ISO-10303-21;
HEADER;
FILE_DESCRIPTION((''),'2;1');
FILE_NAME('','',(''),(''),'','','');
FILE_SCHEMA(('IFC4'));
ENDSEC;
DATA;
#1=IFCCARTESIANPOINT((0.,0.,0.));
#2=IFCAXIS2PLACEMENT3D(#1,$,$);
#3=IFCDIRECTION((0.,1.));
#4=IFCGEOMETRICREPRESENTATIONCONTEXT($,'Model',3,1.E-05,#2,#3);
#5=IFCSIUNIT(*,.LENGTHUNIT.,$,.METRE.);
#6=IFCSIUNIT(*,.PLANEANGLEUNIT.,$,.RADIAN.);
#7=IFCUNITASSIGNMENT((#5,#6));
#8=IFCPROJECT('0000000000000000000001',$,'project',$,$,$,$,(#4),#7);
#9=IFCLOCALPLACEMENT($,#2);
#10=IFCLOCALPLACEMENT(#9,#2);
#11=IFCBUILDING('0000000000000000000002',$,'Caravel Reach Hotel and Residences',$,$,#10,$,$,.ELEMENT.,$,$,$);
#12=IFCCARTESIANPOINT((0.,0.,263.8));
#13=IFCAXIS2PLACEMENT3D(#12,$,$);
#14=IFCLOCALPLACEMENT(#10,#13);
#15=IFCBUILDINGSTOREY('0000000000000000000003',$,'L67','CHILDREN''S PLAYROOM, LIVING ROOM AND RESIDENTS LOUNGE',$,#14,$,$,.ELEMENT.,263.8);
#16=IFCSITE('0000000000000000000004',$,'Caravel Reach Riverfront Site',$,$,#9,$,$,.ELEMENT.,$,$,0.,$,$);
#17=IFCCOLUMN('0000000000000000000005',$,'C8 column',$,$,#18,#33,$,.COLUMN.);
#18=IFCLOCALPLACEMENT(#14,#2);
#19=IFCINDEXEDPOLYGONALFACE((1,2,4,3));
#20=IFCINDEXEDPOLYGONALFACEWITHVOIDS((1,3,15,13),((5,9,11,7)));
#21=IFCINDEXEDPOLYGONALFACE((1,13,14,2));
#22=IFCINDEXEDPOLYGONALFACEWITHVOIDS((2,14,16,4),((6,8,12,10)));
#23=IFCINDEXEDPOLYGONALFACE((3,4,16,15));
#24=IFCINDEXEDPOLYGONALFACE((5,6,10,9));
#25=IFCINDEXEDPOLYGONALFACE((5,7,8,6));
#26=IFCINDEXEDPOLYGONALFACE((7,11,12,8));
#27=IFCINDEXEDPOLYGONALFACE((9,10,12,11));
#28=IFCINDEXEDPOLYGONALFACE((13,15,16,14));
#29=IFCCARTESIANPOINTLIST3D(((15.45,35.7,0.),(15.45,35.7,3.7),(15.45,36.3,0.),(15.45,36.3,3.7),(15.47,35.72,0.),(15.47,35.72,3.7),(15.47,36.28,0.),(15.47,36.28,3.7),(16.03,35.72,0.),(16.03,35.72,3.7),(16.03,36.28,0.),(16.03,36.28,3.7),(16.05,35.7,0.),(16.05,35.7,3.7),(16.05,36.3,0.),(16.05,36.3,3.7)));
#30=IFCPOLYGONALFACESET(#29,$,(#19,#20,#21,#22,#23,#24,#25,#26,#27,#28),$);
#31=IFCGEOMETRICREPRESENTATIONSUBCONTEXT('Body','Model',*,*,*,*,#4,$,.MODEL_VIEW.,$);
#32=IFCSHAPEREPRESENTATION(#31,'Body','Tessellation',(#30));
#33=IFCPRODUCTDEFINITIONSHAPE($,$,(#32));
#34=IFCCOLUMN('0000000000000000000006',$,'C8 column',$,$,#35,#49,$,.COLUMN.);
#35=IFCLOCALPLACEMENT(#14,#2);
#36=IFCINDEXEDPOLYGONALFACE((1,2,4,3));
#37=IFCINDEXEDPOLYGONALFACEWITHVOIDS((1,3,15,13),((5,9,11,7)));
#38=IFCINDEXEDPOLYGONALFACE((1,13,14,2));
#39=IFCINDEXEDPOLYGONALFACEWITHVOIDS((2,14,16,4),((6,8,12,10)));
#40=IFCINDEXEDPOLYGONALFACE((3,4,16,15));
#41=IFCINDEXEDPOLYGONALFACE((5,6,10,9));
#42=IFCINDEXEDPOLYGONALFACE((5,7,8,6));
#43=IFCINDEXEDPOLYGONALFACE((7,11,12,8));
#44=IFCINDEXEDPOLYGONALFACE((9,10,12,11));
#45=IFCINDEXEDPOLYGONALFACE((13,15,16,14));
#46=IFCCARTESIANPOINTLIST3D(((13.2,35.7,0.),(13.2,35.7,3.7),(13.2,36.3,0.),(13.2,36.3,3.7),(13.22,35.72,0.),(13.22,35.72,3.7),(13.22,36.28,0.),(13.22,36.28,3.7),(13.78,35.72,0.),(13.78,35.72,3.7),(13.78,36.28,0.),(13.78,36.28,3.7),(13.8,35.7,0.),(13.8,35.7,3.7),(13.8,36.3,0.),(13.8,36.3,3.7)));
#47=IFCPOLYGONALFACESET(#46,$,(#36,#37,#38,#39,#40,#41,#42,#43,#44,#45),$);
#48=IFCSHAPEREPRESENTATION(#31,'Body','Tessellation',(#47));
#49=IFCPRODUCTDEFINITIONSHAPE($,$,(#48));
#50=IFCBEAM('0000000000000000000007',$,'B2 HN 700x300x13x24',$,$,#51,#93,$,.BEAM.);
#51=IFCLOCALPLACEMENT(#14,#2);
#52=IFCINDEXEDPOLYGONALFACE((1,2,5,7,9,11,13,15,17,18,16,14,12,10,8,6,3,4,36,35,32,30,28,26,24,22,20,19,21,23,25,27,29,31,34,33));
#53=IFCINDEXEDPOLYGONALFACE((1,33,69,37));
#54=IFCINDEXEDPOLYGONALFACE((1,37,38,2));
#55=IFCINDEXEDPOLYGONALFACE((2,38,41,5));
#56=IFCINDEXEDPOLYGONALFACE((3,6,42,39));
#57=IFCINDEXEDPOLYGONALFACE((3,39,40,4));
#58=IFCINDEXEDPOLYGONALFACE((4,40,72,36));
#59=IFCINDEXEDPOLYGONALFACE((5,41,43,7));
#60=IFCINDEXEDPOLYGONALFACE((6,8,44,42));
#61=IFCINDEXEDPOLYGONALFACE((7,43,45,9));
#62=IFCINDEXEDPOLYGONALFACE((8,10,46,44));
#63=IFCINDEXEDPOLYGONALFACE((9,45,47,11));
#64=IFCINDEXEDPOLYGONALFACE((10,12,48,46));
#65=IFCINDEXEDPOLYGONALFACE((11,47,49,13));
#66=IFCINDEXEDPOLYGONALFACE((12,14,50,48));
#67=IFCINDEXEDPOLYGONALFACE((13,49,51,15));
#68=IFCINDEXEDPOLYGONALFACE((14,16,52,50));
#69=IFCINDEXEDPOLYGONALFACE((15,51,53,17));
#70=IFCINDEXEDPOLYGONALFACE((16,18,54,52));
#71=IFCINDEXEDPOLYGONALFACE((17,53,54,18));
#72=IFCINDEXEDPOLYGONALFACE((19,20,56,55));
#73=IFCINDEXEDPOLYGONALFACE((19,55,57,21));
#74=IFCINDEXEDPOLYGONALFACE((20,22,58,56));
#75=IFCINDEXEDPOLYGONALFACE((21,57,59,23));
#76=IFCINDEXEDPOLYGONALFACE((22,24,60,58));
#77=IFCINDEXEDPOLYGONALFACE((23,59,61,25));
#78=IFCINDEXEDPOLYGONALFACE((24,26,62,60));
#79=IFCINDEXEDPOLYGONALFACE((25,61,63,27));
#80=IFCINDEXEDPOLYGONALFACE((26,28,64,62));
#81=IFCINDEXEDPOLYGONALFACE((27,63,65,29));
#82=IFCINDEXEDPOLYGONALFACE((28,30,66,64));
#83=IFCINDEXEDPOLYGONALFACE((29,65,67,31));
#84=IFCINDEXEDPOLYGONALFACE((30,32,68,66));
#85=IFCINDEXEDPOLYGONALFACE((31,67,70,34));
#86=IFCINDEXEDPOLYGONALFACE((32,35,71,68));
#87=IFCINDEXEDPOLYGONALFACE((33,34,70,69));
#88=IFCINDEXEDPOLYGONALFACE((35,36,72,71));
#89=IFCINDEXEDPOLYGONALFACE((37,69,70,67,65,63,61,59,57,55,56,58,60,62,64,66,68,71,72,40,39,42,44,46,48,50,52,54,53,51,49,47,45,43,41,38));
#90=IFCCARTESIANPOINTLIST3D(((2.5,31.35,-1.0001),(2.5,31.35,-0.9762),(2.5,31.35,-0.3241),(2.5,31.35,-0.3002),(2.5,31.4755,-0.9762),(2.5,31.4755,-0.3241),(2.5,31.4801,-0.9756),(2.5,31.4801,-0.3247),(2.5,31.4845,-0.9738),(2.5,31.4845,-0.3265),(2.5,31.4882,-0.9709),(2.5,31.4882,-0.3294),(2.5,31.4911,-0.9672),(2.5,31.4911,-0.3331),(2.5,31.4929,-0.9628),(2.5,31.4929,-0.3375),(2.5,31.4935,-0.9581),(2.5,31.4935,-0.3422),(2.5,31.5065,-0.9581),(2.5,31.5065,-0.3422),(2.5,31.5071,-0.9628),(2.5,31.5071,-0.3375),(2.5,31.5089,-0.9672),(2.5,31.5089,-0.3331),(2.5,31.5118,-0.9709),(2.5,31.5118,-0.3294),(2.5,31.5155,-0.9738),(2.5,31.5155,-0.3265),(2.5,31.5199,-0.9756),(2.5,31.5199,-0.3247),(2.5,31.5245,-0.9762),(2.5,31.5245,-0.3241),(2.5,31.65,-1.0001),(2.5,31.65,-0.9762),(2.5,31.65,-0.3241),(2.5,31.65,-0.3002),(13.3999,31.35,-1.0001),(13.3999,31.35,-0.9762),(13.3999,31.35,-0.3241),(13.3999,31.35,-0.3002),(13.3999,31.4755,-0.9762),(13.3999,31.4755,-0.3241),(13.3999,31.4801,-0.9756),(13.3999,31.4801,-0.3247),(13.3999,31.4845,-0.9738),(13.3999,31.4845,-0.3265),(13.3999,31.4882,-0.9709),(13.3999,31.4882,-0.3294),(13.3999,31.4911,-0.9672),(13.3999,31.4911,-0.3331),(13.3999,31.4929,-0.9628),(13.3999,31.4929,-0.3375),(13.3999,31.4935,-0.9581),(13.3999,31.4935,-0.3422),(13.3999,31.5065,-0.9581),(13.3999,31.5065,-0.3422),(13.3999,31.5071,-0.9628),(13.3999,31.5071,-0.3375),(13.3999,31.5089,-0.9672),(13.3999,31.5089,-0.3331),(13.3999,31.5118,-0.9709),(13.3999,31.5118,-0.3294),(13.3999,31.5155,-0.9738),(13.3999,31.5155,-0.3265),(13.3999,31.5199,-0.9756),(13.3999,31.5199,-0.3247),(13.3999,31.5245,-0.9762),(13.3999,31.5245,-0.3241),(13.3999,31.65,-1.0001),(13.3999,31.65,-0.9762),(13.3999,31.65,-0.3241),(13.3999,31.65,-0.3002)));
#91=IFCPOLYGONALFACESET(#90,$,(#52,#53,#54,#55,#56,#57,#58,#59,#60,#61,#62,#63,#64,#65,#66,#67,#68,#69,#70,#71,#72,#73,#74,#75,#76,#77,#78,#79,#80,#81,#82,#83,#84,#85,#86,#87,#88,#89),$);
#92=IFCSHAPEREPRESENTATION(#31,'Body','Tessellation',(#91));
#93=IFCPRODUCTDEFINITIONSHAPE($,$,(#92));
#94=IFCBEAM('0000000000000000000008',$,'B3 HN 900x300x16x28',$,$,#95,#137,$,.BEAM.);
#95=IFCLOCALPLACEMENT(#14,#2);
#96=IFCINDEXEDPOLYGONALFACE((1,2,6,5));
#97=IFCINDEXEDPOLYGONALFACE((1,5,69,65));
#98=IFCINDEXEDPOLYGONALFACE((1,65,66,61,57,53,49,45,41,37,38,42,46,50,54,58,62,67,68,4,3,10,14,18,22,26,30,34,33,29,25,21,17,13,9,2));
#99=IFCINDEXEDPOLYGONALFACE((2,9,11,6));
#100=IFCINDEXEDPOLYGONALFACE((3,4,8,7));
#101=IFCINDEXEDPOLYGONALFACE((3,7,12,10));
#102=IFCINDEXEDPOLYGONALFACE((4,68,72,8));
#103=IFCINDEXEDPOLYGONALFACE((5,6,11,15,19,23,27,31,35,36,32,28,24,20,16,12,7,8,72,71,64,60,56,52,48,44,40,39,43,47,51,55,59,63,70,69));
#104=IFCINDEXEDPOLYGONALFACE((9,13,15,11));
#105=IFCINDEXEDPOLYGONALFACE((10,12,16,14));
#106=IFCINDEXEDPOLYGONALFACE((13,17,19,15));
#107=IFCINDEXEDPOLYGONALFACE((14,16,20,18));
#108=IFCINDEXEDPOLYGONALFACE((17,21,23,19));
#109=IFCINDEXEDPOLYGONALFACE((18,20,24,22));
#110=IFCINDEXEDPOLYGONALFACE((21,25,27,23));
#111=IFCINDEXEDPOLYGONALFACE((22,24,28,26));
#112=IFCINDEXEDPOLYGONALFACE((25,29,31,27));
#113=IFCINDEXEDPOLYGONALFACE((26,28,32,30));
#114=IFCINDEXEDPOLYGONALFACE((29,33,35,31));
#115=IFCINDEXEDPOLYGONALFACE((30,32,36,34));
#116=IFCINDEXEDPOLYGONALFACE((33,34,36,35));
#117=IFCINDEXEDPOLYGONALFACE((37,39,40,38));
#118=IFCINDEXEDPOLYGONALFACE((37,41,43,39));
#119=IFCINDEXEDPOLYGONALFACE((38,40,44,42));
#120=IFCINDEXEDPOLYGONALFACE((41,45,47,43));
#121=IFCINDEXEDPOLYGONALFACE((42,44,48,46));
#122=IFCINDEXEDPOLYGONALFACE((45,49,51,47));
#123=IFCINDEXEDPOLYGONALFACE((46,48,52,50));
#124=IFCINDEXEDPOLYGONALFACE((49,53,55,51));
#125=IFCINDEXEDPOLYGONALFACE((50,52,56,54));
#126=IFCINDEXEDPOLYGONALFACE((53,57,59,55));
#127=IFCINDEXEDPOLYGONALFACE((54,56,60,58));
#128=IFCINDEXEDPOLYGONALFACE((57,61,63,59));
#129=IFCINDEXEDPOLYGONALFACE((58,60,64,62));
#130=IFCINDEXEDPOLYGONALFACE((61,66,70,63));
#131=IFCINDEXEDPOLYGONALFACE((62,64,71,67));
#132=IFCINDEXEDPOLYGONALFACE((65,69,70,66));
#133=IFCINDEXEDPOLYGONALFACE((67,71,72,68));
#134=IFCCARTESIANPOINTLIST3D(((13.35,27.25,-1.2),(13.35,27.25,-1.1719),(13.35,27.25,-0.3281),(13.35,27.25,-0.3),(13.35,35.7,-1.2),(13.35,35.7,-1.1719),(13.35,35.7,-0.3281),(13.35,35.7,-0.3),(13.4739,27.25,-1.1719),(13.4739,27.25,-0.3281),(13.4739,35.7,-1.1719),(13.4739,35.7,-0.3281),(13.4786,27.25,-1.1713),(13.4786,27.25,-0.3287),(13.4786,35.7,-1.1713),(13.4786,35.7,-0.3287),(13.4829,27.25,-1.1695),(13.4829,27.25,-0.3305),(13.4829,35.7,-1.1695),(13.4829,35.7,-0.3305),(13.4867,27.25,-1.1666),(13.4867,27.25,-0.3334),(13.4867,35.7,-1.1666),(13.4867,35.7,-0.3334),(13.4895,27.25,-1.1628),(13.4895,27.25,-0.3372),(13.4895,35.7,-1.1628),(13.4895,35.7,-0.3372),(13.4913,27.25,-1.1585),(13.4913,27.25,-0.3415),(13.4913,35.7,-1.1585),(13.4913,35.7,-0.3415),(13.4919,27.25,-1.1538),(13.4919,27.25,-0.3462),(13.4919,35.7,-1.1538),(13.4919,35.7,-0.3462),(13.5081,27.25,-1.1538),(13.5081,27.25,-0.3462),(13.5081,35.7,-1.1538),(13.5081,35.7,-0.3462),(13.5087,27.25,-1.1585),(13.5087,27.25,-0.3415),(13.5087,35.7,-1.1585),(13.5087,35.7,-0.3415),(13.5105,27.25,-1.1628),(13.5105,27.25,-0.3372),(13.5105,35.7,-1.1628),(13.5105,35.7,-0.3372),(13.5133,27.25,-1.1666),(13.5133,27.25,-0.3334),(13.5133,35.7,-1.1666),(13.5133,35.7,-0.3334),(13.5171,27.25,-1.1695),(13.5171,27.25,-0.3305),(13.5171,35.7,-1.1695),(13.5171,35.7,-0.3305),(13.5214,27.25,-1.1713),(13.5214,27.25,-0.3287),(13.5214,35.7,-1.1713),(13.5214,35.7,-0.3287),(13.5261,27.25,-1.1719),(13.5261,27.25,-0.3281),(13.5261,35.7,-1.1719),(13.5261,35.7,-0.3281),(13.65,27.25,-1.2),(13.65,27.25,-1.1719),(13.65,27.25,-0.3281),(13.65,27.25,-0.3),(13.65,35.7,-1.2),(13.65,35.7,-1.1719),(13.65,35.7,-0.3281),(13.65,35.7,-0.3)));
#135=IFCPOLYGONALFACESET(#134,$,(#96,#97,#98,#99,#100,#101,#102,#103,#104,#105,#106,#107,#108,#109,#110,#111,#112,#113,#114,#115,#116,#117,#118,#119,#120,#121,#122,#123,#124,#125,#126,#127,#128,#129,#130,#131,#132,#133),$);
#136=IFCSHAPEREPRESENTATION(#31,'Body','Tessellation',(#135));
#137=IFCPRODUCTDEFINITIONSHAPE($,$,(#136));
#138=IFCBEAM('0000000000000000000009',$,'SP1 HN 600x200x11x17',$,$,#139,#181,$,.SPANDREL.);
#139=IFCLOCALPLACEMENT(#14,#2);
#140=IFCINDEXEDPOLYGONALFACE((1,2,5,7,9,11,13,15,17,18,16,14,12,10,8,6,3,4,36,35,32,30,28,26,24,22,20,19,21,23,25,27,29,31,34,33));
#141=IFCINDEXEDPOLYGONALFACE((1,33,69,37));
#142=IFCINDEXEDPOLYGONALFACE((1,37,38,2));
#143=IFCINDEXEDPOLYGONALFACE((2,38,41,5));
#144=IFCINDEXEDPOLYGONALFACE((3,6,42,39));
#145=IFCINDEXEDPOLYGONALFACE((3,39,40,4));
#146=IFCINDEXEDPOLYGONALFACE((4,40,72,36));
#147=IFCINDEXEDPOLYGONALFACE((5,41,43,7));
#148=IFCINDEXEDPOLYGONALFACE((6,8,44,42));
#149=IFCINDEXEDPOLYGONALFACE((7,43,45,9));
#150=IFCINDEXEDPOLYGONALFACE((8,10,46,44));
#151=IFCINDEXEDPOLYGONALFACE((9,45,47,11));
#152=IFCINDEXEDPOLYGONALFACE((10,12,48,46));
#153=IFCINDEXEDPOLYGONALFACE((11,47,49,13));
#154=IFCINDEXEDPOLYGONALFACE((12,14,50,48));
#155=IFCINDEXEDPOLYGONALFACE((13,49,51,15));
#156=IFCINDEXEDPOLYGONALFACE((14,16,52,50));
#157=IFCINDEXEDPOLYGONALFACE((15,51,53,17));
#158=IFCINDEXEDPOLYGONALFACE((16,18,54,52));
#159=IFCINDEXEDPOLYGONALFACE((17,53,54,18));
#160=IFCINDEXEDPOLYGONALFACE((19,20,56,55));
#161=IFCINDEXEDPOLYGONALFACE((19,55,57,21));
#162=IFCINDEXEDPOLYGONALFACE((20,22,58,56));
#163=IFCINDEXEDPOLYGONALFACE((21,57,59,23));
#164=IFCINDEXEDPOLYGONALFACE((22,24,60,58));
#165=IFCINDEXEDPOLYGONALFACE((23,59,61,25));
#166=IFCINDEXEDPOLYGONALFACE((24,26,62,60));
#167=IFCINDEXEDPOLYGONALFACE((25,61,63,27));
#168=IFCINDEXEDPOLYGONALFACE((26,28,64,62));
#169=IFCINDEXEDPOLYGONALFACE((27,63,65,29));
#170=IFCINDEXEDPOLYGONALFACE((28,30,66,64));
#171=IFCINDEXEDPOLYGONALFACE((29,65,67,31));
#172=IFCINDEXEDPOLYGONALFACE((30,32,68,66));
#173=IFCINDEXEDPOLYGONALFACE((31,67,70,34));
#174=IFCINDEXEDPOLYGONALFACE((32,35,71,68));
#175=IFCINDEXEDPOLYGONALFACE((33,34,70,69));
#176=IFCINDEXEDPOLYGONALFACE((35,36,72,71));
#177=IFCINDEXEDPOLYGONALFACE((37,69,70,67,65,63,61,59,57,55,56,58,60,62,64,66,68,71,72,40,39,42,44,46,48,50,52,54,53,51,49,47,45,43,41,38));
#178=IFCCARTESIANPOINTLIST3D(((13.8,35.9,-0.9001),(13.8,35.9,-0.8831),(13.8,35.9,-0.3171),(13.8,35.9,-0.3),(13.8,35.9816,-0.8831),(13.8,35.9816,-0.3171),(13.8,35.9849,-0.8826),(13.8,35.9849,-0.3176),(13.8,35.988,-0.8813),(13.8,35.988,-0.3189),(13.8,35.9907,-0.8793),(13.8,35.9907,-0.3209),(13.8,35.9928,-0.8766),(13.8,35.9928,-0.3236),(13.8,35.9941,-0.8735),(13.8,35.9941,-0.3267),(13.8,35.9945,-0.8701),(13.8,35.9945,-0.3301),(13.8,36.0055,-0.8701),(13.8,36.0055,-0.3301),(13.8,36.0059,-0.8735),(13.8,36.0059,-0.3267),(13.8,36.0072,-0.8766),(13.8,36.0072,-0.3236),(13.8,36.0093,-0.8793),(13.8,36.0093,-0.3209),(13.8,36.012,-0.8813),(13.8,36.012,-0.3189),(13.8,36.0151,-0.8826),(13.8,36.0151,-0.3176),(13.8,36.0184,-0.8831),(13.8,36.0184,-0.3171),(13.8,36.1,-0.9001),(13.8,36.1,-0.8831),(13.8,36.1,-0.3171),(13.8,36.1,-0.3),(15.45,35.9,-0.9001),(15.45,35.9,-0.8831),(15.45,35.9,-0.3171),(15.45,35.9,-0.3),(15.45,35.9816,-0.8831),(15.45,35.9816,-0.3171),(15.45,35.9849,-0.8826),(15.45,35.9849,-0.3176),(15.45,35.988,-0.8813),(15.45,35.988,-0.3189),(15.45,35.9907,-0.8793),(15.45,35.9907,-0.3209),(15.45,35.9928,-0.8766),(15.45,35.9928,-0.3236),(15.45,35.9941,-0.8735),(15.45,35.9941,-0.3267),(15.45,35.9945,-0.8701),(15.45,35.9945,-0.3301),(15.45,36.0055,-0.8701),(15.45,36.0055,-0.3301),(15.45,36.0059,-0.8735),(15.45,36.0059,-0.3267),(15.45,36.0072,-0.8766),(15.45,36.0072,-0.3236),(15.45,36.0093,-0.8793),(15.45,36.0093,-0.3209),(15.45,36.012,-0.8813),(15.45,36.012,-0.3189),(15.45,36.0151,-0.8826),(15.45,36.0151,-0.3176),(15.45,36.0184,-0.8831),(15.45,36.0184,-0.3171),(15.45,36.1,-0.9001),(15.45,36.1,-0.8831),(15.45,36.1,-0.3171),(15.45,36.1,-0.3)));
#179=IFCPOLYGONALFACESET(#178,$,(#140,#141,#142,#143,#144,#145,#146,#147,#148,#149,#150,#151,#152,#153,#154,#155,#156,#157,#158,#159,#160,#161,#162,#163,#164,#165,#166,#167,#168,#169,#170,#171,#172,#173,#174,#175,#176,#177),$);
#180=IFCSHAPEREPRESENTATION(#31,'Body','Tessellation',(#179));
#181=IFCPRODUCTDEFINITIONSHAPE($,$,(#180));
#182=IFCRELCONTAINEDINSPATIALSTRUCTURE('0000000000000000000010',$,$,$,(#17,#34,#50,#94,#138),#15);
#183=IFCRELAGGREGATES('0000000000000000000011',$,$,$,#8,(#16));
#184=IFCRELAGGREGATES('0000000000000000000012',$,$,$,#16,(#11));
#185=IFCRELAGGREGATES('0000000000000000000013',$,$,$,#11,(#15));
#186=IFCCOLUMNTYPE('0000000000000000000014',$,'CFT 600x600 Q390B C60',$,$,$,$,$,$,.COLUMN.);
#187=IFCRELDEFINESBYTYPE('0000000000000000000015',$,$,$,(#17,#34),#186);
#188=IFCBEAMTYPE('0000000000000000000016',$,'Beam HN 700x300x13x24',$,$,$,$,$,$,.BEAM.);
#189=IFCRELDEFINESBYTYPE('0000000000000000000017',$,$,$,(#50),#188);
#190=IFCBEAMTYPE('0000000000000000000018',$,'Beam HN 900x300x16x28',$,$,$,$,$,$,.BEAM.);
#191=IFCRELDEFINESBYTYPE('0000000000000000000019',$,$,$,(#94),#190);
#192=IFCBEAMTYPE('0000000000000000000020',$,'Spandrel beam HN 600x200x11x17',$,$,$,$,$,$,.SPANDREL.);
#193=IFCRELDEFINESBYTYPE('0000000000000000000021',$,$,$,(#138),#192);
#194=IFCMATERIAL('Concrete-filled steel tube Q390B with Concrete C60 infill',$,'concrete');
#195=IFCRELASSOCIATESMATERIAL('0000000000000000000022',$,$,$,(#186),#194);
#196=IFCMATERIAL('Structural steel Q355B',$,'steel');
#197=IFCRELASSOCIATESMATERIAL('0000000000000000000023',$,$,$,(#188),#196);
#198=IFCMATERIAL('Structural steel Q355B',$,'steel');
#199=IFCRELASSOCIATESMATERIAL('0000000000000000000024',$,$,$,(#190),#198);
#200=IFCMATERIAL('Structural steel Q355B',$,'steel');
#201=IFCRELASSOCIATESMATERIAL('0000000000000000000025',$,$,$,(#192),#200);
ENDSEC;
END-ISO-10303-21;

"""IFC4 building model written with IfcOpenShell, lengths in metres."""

from ifc_helpers import new_model, si_unit, direction, frame, origin, origin_2d, place, context, subcontext, project, spatial, hollow_rectangle, i_section, extrude, material, material_profile, profile_set, type_object, element, save


model = new_model("IFC4")

# Units and contexts
model_context = context("Model", 3, precision=1e-05, world=origin(), true_north=direction((0.0, 1.0)))
body_context = subcontext(model_context, "Body", "Model", "MODEL_VIEW")
ifc_project = project(units=[si_unit("LENGTHUNIT", "METRE"), si_unit("PLANEANGLEUNIT", "RADIAN")], contexts=[model_context])

# Site, building, storey
site_placement = place(None, origin())
site = spatial("IfcSite", under=ifc_project, at=site_placement, Name="Caravel Reach Riverfront Site", CompositionType="ELEMENT", RefElevation=0.0)
building_placement = place(site_placement, origin())
building = spatial("IfcBuilding", under=site, at=building_placement, Name="Caravel Reach Hotel and Residences", CompositionType="ELEMENT")
storey_placement = place(building_placement, frame((0.0, 0.0, 263.8)))
storey = spatial("IfcBuildingStorey", under=building, at=storey_placement, Name="L67", Description="CHILDREN'S PLAYROOM, LIVING ROOM AND RESIDENTS LOUNGE", CompositionType="ELEMENT", Elevation=263.8)

# Columns
ifc_material_1 = material(Name="Concrete-filled steel tube Q390B with Concrete C60 infill", Category="concrete")
ifc_material_profile_1 = material_profile(ifc_material_1, hollow_rectangle(XDim=0.6001, YDim=0.6001, WallThickness=0.02, at=origin_2d()), Name="RHS 600x600x20")
ifc_profile_set_1 = profile_set([ifc_material_profile_1], Name="Concrete-filled steel tube Q390B with Concrete C60 infill")
column_type = type_object("IfcColumnType", Name="CFT 600x600 Q390B C60", PredefinedType="COLUMN", material=ifc_profile_set_1)
for number, where, z_axis, x_axis, name in (
    (1, (15.75, 36.0, 0.0), (0.0, 0.0, 1.0), (1.0, 0.0, 0.0), "C8 column"),
    (2, (13.5, 36.0, 0.0), (0.0, 0.0, 1.0), (1.0, 0.0, 0.0), "C8 column"),
):
    element("IfcColumn", number, at=place(storey_placement, frame(where, z_axis=z_axis, x_axis=x_axis)), inside=storey, type_object=column_type, Name=name, PredefinedType="COLUMN", context=body_context, shape_type="SweptSolid", body=[
        extrude(hollow_rectangle(XDim=0.6001, YDim=0.6001, WallThickness=0.02, at=origin_2d()), origin(), (0.0, 0.0, 1.0), 3.7),
    ])

# Beams
ifc_material_2 = material(Name="Structural steel Q355B", Category="steel")
ifc_material_profile_2 = material_profile(ifc_material_2, i_section(OverallWidth=0.3, OverallDepth=0.7, WebThickness=0.0129, FlangeThickness=0.0239, FilletRadius=0.0181, at=origin_2d()), Name="HN 700x300x13x24")
ifc_profile_set_2 = profile_set([ifc_material_profile_2], Name="Structural steel Q355B")
beam_type_1 = type_object("IfcBeamType", Name="Beam HN 700x300x13x24", PredefinedType="BEAM", material=ifc_profile_set_2)
beam_1_placement = place(storey_placement, frame((13.3999, 31.5, -0.6501), z_axis=(-1.0, 0.0, 0.0), x_axis=(0.0, -1.0, 0.0)))
element("IfcBeam", 3, at=beam_1_placement, inside=storey, type_object=beam_type_1, Name="B2 HN 700x300x13x24", PredefinedType="BEAM", context=body_context, shape_type="SweptSolid", body=[
    extrude(i_section(OverallWidth=0.3, OverallDepth=0.7, WebThickness=0.0129, FlangeThickness=0.0239, FilletRadius=0.0181, at=origin_2d()), origin(), (0.0, 0.0, 1.0), 10.8999),
])
ifc_material_3 = material(Name="Structural steel Q355B", Category="steel")
ifc_material_profile_3 = material_profile(ifc_material_3, i_section(OverallWidth=0.3, OverallDepth=0.8999, WebThickness=0.0161, FlangeThickness=0.0281, FilletRadius=0.0181, at=origin_2d()), Name="HN 900x300x16x28")
ifc_profile_set_3 = profile_set([ifc_material_profile_3], Name="Structural steel Q355B")
beam_type_2 = type_object("IfcBeamType", Name="Beam HN 900x300x16x28", PredefinedType="BEAM", material=ifc_profile_set_3)
beam_2_placement = place(storey_placement, frame((13.5, 27.25, -0.75), z_axis=(0.0, 1.0, 0.0), x_axis=(-1.0, 0.0, 0.0)))
element("IfcBeam", 4, at=beam_2_placement, inside=storey, type_object=beam_type_2, Name="B3 HN 900x300x16x28", PredefinedType="BEAM", context=body_context, shape_type="SweptSolid", body=[
    extrude(i_section(OverallWidth=0.3, OverallDepth=0.8999, WebThickness=0.0161, FlangeThickness=0.0281, FilletRadius=0.0181, at=origin_2d()), origin(), (0.0, 0.0, 1.0), 8.45),
])
ifc_material_4 = material(Name="Structural steel Q355B", Category="steel")
ifc_material_profile_4 = material_profile(ifc_material_4, i_section(OverallWidth=0.2, OverallDepth=0.6001, WebThickness=0.011, FlangeThickness=0.0171, FilletRadius=0.0129, at=origin_2d()), Name="HN 600x200x11x17")
ifc_profile_set_4 = profile_set([ifc_material_profile_4], Name="Structural steel Q355B")
beam_type_3 = type_object("IfcBeamType", Name="Spandrel beam HN 600x200x11x17", PredefinedType="SPANDREL", material=ifc_profile_set_4)
beam_3_placement = place(storey_placement, frame((15.45, 36.0, -0.6001), z_axis=(-1.0, 0.0, 0.0), x_axis=(0.0, -1.0, 0.0)))
element("IfcBeam", 5, at=beam_3_placement, inside=storey, type_object=beam_type_3, Name="SP1 HN 600x200x11x17", PredefinedType="SPANDREL", context=body_context, shape_type="SweptSolid", body=[
    extrude(i_section(OverallWidth=0.2, OverallDepth=0.6001, WebThickness=0.011, FlangeThickness=0.0171, FilletRadius=0.0129, at=origin_2d()), origin(), (0.0, 0.0, 1.0), 1.6499),
])

save(model, "model.ifc")
